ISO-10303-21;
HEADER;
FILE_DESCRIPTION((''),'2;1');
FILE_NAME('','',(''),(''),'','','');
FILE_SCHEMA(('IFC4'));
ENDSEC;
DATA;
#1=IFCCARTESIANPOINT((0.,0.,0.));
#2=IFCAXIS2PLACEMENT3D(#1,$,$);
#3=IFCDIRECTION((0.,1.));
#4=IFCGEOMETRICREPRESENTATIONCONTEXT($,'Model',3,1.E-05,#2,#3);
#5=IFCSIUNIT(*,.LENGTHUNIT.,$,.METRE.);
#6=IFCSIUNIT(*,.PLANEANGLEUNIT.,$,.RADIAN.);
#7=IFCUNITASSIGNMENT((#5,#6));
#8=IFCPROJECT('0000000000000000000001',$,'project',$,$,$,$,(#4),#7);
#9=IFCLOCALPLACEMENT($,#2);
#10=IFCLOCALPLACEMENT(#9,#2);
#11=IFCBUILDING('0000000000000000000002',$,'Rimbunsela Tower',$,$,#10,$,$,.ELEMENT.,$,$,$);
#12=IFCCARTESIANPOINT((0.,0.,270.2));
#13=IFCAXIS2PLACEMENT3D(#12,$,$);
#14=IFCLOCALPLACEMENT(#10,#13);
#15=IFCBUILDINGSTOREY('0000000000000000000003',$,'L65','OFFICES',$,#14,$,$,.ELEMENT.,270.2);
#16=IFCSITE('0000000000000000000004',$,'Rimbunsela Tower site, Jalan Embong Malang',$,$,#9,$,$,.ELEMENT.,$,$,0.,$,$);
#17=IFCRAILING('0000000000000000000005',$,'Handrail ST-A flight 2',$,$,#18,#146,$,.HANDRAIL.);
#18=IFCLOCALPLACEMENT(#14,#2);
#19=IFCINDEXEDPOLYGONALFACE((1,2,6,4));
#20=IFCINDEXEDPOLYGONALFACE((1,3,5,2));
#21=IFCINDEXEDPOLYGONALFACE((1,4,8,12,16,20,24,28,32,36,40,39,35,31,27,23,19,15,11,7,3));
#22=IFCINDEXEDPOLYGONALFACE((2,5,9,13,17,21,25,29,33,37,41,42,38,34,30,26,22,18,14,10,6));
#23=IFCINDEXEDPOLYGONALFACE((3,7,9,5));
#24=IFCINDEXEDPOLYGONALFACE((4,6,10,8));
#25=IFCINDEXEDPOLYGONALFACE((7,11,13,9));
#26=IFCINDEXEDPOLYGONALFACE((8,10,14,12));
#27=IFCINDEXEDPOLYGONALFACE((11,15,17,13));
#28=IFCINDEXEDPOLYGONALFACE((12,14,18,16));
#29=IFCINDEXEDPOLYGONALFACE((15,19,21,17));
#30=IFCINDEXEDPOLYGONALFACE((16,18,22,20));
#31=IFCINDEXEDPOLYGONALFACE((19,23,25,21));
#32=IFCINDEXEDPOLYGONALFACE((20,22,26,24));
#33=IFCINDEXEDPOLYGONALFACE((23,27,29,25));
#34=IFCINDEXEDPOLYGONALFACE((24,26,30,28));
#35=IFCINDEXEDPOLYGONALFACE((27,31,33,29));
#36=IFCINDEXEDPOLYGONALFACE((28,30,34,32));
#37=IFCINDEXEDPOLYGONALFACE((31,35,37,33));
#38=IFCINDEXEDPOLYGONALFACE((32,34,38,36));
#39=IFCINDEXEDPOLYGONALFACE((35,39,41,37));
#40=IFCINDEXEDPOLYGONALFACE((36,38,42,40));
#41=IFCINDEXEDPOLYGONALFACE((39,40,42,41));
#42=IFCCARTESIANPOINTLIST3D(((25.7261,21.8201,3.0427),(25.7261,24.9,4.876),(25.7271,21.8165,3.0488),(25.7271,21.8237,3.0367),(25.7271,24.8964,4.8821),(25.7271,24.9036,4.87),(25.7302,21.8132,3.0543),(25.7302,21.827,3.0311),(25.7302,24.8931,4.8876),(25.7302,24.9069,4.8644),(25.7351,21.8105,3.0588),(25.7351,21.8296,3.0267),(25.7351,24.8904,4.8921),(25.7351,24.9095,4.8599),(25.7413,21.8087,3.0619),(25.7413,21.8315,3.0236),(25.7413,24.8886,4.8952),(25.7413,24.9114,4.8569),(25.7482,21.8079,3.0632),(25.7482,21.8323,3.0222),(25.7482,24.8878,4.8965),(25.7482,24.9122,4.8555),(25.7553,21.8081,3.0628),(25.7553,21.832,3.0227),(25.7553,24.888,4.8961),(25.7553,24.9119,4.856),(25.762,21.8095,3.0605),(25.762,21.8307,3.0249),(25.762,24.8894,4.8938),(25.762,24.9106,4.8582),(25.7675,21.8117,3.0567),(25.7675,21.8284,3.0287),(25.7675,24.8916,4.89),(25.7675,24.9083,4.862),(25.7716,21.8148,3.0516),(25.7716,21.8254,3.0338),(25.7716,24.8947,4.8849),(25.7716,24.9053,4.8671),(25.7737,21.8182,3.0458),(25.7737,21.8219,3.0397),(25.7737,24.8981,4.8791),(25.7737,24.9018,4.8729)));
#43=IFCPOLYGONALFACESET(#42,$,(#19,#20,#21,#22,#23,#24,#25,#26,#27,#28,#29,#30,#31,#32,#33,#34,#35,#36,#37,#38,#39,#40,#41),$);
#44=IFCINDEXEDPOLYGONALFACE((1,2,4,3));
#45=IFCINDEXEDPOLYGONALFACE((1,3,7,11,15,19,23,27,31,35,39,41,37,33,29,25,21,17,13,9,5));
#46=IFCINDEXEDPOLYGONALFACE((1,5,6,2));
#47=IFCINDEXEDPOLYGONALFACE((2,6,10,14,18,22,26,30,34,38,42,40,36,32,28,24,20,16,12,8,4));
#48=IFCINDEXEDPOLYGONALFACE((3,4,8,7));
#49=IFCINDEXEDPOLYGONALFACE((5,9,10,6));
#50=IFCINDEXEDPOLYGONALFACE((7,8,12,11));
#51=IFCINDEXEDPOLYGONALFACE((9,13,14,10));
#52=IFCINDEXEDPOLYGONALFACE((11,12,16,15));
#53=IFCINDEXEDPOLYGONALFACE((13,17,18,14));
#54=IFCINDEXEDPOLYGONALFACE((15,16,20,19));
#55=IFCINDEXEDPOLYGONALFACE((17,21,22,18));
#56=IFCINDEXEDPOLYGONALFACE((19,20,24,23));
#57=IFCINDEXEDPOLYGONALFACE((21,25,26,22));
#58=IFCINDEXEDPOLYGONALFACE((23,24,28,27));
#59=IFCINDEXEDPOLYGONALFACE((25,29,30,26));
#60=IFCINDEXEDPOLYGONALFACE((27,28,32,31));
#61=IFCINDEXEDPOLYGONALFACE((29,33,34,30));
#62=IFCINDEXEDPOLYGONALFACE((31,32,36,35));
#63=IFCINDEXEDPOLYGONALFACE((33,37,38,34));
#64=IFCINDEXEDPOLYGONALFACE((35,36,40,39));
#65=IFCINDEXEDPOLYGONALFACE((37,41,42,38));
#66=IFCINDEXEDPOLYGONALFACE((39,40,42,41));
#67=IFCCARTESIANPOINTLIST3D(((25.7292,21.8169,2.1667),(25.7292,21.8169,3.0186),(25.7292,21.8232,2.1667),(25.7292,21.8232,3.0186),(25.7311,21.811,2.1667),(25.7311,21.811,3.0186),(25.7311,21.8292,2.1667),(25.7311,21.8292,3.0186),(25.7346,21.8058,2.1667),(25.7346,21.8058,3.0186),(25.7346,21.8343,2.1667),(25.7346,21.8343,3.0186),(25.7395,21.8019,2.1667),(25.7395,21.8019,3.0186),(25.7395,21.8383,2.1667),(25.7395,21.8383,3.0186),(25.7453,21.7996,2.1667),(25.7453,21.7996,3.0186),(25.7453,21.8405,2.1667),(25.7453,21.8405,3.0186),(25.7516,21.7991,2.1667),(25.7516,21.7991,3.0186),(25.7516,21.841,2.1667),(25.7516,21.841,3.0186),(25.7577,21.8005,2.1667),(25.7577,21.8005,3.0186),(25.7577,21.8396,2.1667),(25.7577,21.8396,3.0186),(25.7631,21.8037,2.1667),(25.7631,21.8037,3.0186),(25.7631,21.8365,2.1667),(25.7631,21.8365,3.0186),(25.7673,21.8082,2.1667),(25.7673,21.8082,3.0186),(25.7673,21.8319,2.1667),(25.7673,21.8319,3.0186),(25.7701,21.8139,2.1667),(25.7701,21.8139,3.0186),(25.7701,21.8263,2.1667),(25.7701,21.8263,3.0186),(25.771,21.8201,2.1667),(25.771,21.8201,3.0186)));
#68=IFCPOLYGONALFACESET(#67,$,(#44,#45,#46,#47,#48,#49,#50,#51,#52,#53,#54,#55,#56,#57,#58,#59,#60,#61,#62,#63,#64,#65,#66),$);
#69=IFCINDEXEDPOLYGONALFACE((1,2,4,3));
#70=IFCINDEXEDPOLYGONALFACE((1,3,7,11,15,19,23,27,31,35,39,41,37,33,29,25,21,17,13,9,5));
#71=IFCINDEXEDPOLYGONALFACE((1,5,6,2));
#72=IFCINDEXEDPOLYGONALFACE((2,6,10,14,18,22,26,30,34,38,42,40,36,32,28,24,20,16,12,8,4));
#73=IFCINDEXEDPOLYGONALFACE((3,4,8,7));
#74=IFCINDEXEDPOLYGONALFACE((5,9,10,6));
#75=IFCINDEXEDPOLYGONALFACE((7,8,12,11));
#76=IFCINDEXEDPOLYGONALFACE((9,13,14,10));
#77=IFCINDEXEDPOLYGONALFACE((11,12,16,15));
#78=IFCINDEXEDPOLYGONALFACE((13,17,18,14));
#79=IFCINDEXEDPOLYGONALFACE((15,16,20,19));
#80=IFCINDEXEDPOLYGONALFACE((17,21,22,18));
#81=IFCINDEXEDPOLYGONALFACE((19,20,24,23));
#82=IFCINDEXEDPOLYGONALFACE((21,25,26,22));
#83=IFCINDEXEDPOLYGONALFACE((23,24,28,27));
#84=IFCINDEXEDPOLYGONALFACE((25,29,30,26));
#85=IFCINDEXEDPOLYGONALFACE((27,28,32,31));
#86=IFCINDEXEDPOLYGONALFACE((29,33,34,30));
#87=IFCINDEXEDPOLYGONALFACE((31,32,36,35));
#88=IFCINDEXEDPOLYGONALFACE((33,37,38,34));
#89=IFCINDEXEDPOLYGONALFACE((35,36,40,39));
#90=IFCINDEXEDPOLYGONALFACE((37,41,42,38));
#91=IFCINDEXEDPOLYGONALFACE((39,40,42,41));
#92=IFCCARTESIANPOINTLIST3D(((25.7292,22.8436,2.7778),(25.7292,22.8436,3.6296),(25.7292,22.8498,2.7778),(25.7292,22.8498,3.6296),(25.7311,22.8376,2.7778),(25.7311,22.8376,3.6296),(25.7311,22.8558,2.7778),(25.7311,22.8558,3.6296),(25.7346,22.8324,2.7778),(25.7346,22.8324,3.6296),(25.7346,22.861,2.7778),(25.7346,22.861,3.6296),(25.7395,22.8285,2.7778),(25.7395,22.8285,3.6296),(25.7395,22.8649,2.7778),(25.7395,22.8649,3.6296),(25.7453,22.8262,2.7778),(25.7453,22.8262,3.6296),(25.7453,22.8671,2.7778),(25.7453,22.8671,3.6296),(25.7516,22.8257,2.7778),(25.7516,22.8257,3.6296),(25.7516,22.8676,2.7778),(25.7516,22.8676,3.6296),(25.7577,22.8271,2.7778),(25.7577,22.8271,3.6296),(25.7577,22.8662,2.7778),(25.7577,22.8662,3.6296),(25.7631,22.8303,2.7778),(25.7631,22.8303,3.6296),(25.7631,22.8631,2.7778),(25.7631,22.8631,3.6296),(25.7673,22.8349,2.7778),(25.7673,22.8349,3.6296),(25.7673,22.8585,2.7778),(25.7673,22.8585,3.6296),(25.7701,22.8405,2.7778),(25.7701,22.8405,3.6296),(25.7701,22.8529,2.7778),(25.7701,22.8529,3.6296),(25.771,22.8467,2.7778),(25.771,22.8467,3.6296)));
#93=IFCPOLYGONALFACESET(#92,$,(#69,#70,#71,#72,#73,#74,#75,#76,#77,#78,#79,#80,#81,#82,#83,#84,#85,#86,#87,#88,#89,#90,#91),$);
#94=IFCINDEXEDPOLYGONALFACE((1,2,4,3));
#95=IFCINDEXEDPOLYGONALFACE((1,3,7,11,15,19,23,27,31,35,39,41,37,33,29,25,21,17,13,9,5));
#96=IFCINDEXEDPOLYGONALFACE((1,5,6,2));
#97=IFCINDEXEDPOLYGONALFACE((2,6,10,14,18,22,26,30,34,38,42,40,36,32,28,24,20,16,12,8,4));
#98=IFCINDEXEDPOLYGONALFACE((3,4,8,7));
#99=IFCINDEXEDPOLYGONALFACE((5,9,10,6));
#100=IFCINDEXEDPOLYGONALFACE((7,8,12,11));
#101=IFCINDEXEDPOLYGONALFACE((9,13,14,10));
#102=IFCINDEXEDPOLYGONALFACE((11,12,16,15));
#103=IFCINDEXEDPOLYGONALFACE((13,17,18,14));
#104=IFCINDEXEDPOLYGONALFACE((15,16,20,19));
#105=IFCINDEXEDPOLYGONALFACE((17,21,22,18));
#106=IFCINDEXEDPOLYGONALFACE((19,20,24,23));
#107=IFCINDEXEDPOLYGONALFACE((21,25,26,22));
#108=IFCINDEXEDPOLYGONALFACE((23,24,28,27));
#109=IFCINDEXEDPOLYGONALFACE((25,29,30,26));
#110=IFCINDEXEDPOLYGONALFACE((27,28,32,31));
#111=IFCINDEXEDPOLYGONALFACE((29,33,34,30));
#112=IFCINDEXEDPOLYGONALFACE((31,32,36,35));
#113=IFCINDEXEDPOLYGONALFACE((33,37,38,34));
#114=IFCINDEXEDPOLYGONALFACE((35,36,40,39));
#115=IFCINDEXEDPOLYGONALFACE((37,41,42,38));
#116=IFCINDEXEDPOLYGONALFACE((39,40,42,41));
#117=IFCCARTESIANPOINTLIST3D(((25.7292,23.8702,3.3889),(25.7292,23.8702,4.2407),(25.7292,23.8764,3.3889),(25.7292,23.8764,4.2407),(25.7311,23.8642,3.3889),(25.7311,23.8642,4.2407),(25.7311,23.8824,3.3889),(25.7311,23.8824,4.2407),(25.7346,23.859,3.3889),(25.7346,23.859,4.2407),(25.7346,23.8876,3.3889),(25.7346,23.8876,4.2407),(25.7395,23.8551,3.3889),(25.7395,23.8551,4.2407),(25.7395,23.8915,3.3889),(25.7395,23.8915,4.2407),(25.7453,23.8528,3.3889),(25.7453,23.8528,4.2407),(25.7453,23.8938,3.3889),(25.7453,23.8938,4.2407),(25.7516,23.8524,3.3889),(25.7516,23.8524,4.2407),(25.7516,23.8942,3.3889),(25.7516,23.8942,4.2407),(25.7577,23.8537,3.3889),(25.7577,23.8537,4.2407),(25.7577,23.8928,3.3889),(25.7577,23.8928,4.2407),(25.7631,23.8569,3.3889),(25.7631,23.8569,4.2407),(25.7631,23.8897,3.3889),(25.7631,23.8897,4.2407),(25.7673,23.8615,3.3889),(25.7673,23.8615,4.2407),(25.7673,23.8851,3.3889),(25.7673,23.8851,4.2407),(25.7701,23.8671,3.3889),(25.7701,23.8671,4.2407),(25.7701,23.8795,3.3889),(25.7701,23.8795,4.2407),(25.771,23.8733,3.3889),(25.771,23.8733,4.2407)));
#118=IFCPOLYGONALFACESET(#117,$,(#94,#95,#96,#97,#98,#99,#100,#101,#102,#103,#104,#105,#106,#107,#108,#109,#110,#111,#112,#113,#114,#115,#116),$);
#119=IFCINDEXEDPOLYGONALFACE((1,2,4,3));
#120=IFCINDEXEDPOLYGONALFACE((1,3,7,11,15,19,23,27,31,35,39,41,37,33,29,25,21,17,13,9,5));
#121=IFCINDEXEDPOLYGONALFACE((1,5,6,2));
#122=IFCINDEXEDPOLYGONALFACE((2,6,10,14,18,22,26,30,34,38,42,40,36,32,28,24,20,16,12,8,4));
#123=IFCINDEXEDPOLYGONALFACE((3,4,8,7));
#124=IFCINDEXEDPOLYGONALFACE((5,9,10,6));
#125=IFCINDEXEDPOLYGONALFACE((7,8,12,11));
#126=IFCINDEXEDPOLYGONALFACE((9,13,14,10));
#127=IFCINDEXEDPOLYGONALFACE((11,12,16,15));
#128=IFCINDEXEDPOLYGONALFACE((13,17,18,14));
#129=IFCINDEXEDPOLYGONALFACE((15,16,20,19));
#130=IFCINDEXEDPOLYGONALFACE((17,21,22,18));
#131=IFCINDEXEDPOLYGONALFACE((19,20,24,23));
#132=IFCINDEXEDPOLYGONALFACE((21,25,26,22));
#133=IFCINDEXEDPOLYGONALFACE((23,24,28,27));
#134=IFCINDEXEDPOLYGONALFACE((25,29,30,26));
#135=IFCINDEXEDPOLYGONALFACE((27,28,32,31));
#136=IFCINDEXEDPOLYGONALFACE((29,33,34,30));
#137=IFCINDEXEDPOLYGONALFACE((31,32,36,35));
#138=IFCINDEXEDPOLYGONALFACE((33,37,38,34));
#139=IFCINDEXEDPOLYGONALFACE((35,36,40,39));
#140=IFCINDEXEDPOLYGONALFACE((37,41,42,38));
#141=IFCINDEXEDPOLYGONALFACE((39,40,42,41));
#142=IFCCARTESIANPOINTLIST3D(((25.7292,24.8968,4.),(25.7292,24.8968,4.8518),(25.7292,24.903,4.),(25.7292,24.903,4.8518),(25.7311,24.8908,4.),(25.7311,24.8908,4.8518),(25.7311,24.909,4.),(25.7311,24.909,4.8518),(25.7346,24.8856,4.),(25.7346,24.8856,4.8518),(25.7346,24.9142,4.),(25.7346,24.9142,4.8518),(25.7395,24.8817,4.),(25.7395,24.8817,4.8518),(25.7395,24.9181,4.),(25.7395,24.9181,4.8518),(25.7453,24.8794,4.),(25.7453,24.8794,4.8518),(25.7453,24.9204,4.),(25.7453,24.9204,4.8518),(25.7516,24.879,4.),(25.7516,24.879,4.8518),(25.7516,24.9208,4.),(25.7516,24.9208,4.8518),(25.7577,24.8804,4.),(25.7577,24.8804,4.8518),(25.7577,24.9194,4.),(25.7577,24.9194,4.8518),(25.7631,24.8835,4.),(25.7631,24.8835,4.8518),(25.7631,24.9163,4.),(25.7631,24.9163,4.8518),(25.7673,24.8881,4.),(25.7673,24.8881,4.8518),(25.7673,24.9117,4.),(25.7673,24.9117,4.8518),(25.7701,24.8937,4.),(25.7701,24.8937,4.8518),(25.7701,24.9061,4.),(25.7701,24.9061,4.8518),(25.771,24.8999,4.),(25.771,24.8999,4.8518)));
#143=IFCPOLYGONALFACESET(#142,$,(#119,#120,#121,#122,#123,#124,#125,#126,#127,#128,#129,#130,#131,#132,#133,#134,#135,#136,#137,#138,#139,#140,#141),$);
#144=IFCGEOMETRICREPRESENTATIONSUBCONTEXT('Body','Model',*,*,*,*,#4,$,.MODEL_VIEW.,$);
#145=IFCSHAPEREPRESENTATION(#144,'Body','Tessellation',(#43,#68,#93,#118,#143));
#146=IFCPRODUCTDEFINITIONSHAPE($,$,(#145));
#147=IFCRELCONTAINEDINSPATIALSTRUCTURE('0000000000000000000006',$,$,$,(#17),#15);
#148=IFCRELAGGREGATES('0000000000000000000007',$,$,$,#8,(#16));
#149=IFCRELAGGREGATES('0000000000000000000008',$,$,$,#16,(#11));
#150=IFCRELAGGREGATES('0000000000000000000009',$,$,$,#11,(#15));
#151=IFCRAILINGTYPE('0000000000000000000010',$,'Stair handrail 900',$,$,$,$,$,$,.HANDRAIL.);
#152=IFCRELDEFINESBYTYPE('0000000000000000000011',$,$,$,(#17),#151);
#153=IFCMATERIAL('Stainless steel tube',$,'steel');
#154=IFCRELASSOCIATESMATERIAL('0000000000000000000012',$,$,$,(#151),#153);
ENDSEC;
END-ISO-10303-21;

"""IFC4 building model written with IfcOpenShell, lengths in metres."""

from ifc_helpers import new_model, si_unit, direction, frame, origin, origin_2d, place, context, subcontext, project, spatial, circle, extrude, material, type_object, element, save


model = new_model("IFC4")

# Units and contexts
model_context = context("Model", 3, precision=1e-05, world=origin(), true_north=direction((0.0, 1.0)))
body_context = subcontext(model_context, "Body", "Model", "MODEL_VIEW")
ifc_project = project(units=[si_unit("LENGTHUNIT", "METRE"), si_unit("PLANEANGLEUNIT", "RADIAN")], contexts=[model_context])

# Site, building, storey
site_placement = place(None, origin())
site = spatial("IfcSite", under=ifc_project, at=site_placement, Name="Rimbunsela Tower site, Jalan Embong Malang", CompositionType="ELEMENT", RefElevation=0.0)
building_placement = place(site_placement, origin())
building = spatial("IfcBuilding", under=site, at=building_placement, Name="Rimbunsela Tower", CompositionType="ELEMENT")
storey_placement = place(building_placement, frame((0.0, 0.0, 270.2)))
storey = spatial("IfcBuildingStorey", under=building, at=storey_placement, Name="L65", Description="OFFICES", CompositionType="ELEMENT", Elevation=270.2)

# Railing
ifc_material_1 = material(Name="Stainless steel tube", Category="steel")
railing_type = type_object("IfcRailingType", Name="Stair handrail 900", PredefinedType="HANDRAIL", material=ifc_material_1)
railing_placement = place(storey_placement, frame((25.75, 21.8201, 2.1667)))
element("IfcRailing", 1, at=railing_placement, inside=storey, type_object=railing_type, Name="Handrail ST-A flight 2", PredefinedType="HANDRAIL", context=body_context, shape_type="SweptSolid", body=[
    extrude(circle(Radius=0.0239, at=origin_2d()), frame((0.0, 0.0, 0.876), z_axis=(0.0, 0.859291, 0.511487), x_axis=(-1.0, 0.0, 0.0)), (0.0, 0.0, 1.0), 3.5842),
    extrude(circle(Radius=0.021, at=origin_2d()), origin(), (0.0, 0.0, 1.0), 0.8518),
    extrude(circle(Radius=0.021, at=origin_2d()), frame((0.0, 1.0266, 0.6111)), (0.0, 0.0, 1.0), 0.8518),
    extrude(circle(Radius=0.021, at=origin_2d()), frame((0.0, 2.0532, 1.2222)), (0.0, 0.0, 1.0), 0.8518),
    extrude(circle(Radius=0.021, at=origin_2d()), frame((0.0, 3.0798, 1.8333)), (0.0, 0.0, 1.0), 0.8518),
])

save(model, "model.ifc")
